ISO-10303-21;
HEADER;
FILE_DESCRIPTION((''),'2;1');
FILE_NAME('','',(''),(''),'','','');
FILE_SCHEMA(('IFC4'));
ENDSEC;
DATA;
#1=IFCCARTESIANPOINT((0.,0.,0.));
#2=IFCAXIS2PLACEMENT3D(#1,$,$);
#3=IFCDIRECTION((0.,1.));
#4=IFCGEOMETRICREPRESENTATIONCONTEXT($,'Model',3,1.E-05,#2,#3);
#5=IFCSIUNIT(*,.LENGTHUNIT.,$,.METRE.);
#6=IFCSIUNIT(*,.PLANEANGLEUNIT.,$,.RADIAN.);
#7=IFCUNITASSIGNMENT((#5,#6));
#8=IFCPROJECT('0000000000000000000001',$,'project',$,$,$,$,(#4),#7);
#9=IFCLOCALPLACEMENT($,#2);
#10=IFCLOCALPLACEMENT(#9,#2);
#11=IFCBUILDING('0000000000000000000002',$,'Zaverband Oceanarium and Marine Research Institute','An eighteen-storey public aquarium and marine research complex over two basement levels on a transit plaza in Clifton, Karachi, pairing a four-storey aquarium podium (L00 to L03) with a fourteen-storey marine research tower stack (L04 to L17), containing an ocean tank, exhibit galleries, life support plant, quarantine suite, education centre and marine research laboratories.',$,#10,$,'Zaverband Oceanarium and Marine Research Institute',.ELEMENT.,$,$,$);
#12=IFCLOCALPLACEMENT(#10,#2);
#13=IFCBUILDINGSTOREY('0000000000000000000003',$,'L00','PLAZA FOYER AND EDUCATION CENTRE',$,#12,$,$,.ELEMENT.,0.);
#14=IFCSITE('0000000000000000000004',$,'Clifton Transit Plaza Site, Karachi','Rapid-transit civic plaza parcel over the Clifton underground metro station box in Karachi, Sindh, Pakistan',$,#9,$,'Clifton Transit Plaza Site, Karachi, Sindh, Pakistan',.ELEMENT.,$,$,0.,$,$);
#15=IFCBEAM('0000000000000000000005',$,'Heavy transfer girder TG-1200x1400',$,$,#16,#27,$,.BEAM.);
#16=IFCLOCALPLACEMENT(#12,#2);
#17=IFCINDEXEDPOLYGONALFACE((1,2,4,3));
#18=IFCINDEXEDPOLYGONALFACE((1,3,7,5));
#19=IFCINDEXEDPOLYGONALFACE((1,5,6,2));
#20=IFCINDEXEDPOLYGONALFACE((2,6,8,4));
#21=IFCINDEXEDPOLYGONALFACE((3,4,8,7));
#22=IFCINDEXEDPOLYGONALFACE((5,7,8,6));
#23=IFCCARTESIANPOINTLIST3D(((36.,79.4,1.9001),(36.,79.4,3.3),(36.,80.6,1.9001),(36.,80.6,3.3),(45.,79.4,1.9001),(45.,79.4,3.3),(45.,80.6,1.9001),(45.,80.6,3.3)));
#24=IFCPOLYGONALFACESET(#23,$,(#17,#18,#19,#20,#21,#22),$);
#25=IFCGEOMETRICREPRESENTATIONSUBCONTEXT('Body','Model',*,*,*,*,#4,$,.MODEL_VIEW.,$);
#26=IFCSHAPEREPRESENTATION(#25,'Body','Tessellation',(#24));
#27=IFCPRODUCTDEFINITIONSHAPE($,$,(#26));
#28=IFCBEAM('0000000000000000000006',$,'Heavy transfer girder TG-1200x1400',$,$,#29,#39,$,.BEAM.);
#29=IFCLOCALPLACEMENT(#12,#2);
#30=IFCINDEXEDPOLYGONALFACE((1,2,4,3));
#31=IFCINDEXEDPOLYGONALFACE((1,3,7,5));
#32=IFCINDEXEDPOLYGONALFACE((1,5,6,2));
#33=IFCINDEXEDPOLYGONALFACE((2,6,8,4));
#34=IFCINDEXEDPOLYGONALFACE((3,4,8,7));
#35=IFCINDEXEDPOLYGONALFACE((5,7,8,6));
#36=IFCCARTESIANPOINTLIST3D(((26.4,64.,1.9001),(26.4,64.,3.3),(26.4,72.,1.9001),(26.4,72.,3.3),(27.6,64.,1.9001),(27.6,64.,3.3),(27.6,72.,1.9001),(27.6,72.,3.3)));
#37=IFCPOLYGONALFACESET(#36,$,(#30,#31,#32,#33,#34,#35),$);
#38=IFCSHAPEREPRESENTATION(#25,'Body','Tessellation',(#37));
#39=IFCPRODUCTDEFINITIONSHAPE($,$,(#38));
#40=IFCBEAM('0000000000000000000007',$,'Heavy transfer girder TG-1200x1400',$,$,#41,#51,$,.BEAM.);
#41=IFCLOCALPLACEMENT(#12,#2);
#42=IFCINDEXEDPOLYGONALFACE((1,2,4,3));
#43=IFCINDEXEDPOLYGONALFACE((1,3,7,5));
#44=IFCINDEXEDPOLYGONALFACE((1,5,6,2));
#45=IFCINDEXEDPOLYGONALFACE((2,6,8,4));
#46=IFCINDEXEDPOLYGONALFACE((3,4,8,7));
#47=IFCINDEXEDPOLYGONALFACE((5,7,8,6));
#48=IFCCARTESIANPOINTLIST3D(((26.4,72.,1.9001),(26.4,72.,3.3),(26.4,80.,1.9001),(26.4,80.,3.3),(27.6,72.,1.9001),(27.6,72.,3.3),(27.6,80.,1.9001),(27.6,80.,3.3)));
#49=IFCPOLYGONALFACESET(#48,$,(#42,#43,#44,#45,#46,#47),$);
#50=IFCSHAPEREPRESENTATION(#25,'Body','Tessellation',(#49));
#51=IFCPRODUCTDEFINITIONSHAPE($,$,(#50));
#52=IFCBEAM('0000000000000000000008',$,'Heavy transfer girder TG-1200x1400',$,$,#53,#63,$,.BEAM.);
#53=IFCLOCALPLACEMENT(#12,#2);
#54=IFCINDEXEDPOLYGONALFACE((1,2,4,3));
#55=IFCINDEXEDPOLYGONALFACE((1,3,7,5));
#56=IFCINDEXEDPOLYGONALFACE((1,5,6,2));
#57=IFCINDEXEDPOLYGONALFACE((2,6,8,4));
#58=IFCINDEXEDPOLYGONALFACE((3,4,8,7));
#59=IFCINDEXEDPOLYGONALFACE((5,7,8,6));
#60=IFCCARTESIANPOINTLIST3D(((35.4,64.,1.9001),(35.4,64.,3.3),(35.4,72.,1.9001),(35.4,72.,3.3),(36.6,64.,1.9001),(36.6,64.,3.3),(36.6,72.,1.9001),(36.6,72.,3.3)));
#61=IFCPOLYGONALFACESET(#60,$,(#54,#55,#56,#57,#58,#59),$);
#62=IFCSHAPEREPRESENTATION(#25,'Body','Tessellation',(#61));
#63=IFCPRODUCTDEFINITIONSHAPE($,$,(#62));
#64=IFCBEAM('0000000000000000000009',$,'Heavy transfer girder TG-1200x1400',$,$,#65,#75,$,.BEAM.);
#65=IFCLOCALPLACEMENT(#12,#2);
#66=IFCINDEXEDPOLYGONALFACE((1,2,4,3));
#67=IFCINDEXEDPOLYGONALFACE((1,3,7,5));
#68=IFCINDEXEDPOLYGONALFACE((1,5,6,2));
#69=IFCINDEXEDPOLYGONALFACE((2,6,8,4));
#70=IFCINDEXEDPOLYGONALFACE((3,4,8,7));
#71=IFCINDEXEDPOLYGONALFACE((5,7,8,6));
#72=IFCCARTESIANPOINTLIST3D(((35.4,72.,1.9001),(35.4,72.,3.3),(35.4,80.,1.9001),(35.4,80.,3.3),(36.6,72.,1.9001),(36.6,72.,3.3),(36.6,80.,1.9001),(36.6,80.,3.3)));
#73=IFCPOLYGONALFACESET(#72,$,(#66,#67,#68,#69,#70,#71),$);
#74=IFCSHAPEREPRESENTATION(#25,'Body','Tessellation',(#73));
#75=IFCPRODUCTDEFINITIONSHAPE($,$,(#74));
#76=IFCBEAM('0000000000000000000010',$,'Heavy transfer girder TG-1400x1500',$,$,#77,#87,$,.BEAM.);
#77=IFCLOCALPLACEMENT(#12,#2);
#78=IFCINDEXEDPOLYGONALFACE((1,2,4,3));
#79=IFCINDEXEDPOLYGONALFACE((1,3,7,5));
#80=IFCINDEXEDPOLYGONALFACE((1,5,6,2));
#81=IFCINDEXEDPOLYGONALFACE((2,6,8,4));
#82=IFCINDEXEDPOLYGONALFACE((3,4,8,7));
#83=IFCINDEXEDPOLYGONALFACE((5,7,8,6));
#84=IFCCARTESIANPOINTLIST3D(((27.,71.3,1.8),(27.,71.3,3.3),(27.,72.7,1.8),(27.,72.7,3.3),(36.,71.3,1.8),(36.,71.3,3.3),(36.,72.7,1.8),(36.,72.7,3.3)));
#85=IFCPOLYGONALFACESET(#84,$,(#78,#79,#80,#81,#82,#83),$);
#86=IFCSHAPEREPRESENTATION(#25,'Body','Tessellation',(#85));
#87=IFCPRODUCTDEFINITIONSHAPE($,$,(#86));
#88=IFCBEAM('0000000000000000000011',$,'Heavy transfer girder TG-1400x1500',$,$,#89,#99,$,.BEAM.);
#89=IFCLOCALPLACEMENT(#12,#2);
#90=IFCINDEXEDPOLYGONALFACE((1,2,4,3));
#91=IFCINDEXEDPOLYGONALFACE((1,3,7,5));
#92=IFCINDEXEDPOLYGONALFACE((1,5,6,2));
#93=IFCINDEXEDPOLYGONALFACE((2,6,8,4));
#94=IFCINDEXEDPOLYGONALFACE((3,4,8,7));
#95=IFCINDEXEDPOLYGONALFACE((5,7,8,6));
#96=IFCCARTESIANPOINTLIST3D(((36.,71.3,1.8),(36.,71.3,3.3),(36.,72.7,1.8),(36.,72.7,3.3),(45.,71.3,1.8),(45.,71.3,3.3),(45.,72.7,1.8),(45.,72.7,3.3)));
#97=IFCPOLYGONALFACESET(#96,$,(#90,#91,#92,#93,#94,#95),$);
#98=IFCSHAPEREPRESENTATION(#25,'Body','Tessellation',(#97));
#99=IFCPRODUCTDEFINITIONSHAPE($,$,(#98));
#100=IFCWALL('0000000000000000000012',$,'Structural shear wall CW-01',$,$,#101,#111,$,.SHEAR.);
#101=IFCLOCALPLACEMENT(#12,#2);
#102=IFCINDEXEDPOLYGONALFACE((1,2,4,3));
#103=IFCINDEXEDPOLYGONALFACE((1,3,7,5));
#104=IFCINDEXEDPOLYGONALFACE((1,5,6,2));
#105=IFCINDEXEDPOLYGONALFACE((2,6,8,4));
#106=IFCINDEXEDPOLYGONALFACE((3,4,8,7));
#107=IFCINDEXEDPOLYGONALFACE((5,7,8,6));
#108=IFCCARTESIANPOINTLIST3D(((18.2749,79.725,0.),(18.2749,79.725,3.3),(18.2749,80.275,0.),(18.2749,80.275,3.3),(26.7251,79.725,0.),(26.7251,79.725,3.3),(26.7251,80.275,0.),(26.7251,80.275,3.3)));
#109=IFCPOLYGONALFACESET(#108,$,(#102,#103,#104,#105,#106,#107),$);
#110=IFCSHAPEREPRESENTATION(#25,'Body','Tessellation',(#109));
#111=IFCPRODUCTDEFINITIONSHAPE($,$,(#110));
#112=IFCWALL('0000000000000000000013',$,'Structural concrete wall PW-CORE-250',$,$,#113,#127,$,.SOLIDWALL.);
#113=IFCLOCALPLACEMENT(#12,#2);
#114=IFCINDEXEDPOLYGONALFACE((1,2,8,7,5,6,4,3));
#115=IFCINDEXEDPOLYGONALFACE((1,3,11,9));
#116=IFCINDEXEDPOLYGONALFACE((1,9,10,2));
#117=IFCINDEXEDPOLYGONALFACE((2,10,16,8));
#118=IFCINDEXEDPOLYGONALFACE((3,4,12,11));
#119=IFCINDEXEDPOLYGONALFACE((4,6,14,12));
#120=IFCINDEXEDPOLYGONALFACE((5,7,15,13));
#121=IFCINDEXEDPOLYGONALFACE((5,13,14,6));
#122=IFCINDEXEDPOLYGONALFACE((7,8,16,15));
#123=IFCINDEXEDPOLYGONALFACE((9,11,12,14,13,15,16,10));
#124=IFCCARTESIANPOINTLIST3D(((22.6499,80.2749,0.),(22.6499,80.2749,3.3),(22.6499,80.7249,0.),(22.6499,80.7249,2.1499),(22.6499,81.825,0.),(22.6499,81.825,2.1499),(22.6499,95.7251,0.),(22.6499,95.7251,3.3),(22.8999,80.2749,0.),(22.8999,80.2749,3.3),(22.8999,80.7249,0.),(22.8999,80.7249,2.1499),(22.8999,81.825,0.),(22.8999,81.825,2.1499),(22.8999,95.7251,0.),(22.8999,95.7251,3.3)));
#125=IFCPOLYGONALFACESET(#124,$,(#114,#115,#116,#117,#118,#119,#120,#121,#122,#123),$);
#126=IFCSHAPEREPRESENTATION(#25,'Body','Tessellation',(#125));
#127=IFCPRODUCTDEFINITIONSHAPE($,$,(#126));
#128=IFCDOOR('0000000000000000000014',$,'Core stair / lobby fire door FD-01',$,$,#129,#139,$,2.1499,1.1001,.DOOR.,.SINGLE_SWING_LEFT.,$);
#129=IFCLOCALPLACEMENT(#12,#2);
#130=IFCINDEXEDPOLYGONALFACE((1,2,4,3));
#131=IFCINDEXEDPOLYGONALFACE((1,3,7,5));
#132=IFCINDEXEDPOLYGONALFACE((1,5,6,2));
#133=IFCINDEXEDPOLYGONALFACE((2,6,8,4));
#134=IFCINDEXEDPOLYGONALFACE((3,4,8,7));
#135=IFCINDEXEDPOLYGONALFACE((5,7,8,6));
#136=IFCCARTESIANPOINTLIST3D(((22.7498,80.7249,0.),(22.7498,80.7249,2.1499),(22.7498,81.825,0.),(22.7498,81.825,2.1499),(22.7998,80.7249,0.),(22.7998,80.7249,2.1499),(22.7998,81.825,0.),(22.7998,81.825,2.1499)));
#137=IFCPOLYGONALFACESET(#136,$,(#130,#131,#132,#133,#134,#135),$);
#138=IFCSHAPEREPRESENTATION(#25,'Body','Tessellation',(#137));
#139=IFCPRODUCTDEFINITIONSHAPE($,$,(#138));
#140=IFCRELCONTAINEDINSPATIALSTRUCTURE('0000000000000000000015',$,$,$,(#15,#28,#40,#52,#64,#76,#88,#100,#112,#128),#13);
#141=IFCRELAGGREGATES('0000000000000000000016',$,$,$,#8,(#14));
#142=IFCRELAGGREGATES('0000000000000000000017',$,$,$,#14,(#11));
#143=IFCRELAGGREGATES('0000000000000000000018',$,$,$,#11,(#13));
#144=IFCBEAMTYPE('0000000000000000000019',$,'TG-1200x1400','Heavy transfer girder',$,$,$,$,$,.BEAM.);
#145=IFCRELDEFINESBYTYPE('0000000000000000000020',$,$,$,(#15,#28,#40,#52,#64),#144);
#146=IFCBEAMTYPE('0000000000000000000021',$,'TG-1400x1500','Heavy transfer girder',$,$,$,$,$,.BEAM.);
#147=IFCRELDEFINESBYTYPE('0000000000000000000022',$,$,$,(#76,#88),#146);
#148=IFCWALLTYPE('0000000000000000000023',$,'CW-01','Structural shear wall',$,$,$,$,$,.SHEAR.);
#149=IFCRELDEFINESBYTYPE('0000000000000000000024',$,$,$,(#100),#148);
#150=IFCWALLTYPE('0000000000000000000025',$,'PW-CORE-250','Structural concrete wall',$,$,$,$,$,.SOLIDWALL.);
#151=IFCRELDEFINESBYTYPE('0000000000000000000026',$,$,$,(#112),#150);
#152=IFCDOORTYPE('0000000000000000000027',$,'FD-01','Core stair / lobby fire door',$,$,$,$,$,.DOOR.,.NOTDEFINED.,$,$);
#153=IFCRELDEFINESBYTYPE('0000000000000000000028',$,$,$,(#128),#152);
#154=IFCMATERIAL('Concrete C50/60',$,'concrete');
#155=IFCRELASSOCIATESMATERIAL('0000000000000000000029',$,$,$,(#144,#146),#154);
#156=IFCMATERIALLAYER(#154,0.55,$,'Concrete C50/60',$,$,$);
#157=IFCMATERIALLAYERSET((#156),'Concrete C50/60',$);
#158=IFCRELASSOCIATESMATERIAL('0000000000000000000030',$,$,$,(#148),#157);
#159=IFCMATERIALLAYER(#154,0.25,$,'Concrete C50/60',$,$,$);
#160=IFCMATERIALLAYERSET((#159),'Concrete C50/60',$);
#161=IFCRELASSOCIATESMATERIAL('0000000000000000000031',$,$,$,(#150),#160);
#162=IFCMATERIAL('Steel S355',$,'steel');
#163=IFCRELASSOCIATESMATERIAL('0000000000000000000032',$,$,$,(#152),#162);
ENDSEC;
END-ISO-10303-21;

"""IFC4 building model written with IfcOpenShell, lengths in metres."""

from ifc_helpers import new_model, si_unit, direction, frame, frame_2d, origin, origin_2d, place, context, subcontext, project, spatial, rectangle, extrude, material, layer, layer_set, material_profile, profile_set, type_object, element, fill, save


model = new_model("IFC4")

# Units and contexts
model_context = context("Model", 3, precision=1e-05, world=origin(), true_north=direction((0.0, 1.0)))
body_context = subcontext(model_context, "Body", "Model", "MODEL_VIEW")
ifc_project = project(units=[si_unit("LENGTHUNIT", "METRE"), si_unit("PLANEANGLEUNIT", "RADIAN")], contexts=[model_context])

# Site, building, storey
site_placement = place(None, origin())
site = spatial("IfcSite", under=ifc_project, at=site_placement, Name="Clifton Transit Plaza Site, Karachi", Description="Rapid-transit civic plaza parcel over the Clifton underground metro station box in Karachi, Sindh, Pakistan", LongName="Clifton Transit Plaza Site, Karachi, Sindh, Pakistan", CompositionType="ELEMENT", RefElevation=0.0)
building_placement = place(site_placement, origin())
building = spatial("IfcBuilding", under=site, at=building_placement, Name="Zaverband Oceanarium and Marine Research Institute", Description="An eighteen-storey public aquarium and marine research complex over two basement levels on a transit plaza in Clifton, Karachi, pairing a four-storey aquarium podium (L00 to L03) with a fourteen-storey marine research tower stack (L04 to L17), containing an ocean tank, exhibit galleries, life support plant, quarantine suite, education centre and marine research laboratories.", LongName="Zaverband Oceanarium and Marine Research Institute", CompositionType="ELEMENT")
storey_placement = place(building_placement, origin())
storey = spatial("IfcBuildingStorey", under=building, at=storey_placement, Name="L00", Description="PLAZA FOYER AND EDUCATION CENTRE", CompositionType="ELEMENT", Elevation=0.0)

# Shared definitions
ifc_material_1 = material(Name="Concrete C50/60", Category="concrete")

# Beams
ifc_material_profile_1 = material_profile(ifc_material_1, rectangle(XDim=1.2, YDim=1.3999, at=origin_2d()), Name="RC1200x1400")
ifc_profile_set_1 = profile_set([ifc_material_profile_1], Name="Concrete C50/60")
beam_type_1 = type_object("IfcBeamType", Name="TG-1200x1400", Description="Heavy transfer girder", PredefinedType="BEAM", material=ifc_profile_set_1)
for number, where, z_axis, x_axis, name in (
    (1, (36.0, 80.0, 2.6001), (1.0, 0.0, 0.0), (0.0, 1.0, 0.0), "Heavy transfer girder TG-1200x1400"),
):
    element("IfcBeam", number, at=place(storey_placement, frame(where, z_axis=z_axis, x_axis=x_axis)), inside=storey, type_object=beam_type_1, Name=name, PredefinedType="BEAM", context=body_context, shape_type="SweptSolid", body=[
        extrude(rectangle(XDim=1.2, YDim=1.3999, at=origin_2d()), origin(), (0.0, 0.0, 1.0), 9.0),
    ])
for number, where, z_axis, x_axis, name in (
    (2, (27.0, 64.0, 2.6001), (0.0, 1.0, 0.0), (-1.0, 0.0, 0.0), "Heavy transfer girder TG-1200x1400"),
    (3, (27.0, 72.0, 2.6001), (0.0, 1.0, 0.0), (-1.0, 0.0, 0.0), "Heavy transfer girder TG-1200x1400"),
    (4, (36.0, 64.0, 2.6001), (0.0, 1.0, 0.0), (-1.0, 0.0, 0.0), "Heavy transfer girder TG-1200x1400"),
    (5, (36.0, 72.0, 2.6001), (0.0, 1.0, 0.0), (-1.0, 0.0, 0.0), "Heavy transfer girder TG-1200x1400"),
):
    element("IfcBeam", number, at=place(storey_placement, frame(where, z_axis=z_axis, x_axis=x_axis)), inside=storey, type_object=beam_type_1, Name=name, PredefinedType="BEAM", context=body_context, shape_type="SweptSolid", body=[
        extrude(rectangle(XDim=1.2, YDim=1.3999, at=origin_2d()), origin(), (0.0, 0.0, 1.0), 8.0),
    ])
ifc_material_profile_2 = material_profile(ifc_material_1, rectangle(XDim=1.3999, YDim=1.5, at=origin_2d()), Name="RC1400x1500")
ifc_profile_set_2 = profile_set([ifc_material_profile_2], Name="Concrete C50/60")
beam_type_2 = type_object("IfcBeamType", Name="TG-1400x1500", Description="Heavy transfer girder", PredefinedType="BEAM", material=ifc_profile_set_2)
for number, where, z_axis, x_axis, name in (
    (6, (27.0, 72.0, 2.55), (1.0, 0.0, 0.0), (0.0, 1.0, 0.0), "Heavy transfer girder TG-1400x1500"),
    (7, (36.0, 72.0, 2.55), (1.0, 0.0, 0.0), (0.0, 1.0, 0.0), "Heavy transfer girder TG-1400x1500"),
):
    element("IfcBeam", number, at=place(storey_placement, frame(where, z_axis=z_axis, x_axis=x_axis)), inside=storey, type_object=beam_type_2, Name=name, PredefinedType="BEAM", context=body_context, shape_type="SweptSolid", body=[
        extrude(rectangle(XDim=1.3999, YDim=1.5, at=origin_2d()), origin(), (0.0, 0.0, 1.0), 9.0),
    ])

# Wall
ifc_layer_1 = layer(ifc_material_1, 0.55, Name="Concrete C50/60")
ifc_layer_set_1 = layer_set([ifc_layer_1], Name="Concrete C50/60")
wall_type_1 = type_object("IfcWallType", Name="CW-01", Description="Structural shear wall", PredefinedType="SHEAR", material=ifc_layer_set_1)
wall_1_placement = place(storey_placement, frame((18.2749, 80.0, 0.0), z_axis=(0.0, 0.0, 1.0), x_axis=(1.0, 0.0, 0.0)))
element("IfcWall", 8, at=wall_1_placement, inside=storey, type_object=wall_type_1, Name="Structural shear wall CW-01", PredefinedType="SHEAR", context=body_context, shape_type="SweptSolid", body=[
    extrude(rectangle(XDim=8.4502, YDim=0.55, at=frame_2d((4.2251, 0.0))), origin(), (0.0, 0.0, 1.0), 3.3),
])

# Shared definitions
ifc_material_2 = material(Name="Steel S355", Category="steel")

# Wall, opening, door
ifc_layer_2 = layer(ifc_material_1, 0.25, Name="Concrete C50/60")
ifc_layer_set_2 = layer_set([ifc_layer_2], Name="Concrete C50/60")
wall_type_2 = type_object("IfcWallType", Name="PW-CORE-250", Description="Structural concrete wall", PredefinedType="SOLIDWALL", material=ifc_layer_set_2)
wall_2_placement = place(storey_placement, frame((22.7749, 80.2749, 0.0), z_axis=(0.0, 0.0, 1.0), x_axis=(0.0, 1.0, 0.0)))
wall_2 = element("IfcWall", 9, at=wall_2_placement, inside=storey, type_object=wall_type_2, Name="Structural concrete wall PW-CORE-250", PredefinedType="SOLIDWALL", context=body_context, shape_type="SweptSolid", body=[
    extrude(rectangle(XDim=15.4502, YDim=0.25, at=frame_2d((7.7251, 0.0))), origin(), (0.0, 0.0, 1.0), 3.3),
])
opening_1_placement = place(wall_2_placement, frame((0.45, 0.0, 0.0)))
opening_1 = element("IfcOpeningElement", 10, at=opening_1_placement, cuts=wall_2, PredefinedType="OPENING", context=body_context, shape_type="SweptSolid", body=[
    extrude(rectangle(XDim=1.1001, YDim=2.1499, at=frame_2d((0.55, 1.075))), frame((0.0, 0.137, 0.0), z_axis=(0.0, -1.0, 0.0), x_axis=(1.0, 0.0, 0.0)), (0.0, 0.0, 1.0), 0.2739),
])
door_type_1 = type_object("IfcDoorType", Name="FD-01", Description="Core stair / lobby fire door", OperationType="NOTDEFINED", PredefinedType="DOOR", material=ifc_material_2)
door_1_placement = place(opening_1_placement, frame((1.1001, 0.0, 0.0), z_axis=(0.0, 0.0, 1.0), x_axis=(-1.0, 0.0, 0.0)))
door_1 = element("IfcDoor", 11, at=door_1_placement, inside=storey, type_object=door_type_1, Name="Core stair / lobby fire door FD-01", OperationType="SINGLE_SWING_LEFT", OverallHeight=2.1499, OverallWidth=1.1001, PredefinedType="DOOR", context=body_context, shape_type="SweptSolid", body=[
    extrude(rectangle(XDim=1.1001, YDim=2.1499, at=frame_2d((0.55, 1.075))), frame((0.0, 0.0249, 0.0), z_axis=(0.0, -1.0, 0.0), x_axis=(1.0, 0.0, 0.0)), (0.0, 0.0, 1.0), 0.05),
])
fill(opening_1, door_1)

save(model, "model.ifc")
